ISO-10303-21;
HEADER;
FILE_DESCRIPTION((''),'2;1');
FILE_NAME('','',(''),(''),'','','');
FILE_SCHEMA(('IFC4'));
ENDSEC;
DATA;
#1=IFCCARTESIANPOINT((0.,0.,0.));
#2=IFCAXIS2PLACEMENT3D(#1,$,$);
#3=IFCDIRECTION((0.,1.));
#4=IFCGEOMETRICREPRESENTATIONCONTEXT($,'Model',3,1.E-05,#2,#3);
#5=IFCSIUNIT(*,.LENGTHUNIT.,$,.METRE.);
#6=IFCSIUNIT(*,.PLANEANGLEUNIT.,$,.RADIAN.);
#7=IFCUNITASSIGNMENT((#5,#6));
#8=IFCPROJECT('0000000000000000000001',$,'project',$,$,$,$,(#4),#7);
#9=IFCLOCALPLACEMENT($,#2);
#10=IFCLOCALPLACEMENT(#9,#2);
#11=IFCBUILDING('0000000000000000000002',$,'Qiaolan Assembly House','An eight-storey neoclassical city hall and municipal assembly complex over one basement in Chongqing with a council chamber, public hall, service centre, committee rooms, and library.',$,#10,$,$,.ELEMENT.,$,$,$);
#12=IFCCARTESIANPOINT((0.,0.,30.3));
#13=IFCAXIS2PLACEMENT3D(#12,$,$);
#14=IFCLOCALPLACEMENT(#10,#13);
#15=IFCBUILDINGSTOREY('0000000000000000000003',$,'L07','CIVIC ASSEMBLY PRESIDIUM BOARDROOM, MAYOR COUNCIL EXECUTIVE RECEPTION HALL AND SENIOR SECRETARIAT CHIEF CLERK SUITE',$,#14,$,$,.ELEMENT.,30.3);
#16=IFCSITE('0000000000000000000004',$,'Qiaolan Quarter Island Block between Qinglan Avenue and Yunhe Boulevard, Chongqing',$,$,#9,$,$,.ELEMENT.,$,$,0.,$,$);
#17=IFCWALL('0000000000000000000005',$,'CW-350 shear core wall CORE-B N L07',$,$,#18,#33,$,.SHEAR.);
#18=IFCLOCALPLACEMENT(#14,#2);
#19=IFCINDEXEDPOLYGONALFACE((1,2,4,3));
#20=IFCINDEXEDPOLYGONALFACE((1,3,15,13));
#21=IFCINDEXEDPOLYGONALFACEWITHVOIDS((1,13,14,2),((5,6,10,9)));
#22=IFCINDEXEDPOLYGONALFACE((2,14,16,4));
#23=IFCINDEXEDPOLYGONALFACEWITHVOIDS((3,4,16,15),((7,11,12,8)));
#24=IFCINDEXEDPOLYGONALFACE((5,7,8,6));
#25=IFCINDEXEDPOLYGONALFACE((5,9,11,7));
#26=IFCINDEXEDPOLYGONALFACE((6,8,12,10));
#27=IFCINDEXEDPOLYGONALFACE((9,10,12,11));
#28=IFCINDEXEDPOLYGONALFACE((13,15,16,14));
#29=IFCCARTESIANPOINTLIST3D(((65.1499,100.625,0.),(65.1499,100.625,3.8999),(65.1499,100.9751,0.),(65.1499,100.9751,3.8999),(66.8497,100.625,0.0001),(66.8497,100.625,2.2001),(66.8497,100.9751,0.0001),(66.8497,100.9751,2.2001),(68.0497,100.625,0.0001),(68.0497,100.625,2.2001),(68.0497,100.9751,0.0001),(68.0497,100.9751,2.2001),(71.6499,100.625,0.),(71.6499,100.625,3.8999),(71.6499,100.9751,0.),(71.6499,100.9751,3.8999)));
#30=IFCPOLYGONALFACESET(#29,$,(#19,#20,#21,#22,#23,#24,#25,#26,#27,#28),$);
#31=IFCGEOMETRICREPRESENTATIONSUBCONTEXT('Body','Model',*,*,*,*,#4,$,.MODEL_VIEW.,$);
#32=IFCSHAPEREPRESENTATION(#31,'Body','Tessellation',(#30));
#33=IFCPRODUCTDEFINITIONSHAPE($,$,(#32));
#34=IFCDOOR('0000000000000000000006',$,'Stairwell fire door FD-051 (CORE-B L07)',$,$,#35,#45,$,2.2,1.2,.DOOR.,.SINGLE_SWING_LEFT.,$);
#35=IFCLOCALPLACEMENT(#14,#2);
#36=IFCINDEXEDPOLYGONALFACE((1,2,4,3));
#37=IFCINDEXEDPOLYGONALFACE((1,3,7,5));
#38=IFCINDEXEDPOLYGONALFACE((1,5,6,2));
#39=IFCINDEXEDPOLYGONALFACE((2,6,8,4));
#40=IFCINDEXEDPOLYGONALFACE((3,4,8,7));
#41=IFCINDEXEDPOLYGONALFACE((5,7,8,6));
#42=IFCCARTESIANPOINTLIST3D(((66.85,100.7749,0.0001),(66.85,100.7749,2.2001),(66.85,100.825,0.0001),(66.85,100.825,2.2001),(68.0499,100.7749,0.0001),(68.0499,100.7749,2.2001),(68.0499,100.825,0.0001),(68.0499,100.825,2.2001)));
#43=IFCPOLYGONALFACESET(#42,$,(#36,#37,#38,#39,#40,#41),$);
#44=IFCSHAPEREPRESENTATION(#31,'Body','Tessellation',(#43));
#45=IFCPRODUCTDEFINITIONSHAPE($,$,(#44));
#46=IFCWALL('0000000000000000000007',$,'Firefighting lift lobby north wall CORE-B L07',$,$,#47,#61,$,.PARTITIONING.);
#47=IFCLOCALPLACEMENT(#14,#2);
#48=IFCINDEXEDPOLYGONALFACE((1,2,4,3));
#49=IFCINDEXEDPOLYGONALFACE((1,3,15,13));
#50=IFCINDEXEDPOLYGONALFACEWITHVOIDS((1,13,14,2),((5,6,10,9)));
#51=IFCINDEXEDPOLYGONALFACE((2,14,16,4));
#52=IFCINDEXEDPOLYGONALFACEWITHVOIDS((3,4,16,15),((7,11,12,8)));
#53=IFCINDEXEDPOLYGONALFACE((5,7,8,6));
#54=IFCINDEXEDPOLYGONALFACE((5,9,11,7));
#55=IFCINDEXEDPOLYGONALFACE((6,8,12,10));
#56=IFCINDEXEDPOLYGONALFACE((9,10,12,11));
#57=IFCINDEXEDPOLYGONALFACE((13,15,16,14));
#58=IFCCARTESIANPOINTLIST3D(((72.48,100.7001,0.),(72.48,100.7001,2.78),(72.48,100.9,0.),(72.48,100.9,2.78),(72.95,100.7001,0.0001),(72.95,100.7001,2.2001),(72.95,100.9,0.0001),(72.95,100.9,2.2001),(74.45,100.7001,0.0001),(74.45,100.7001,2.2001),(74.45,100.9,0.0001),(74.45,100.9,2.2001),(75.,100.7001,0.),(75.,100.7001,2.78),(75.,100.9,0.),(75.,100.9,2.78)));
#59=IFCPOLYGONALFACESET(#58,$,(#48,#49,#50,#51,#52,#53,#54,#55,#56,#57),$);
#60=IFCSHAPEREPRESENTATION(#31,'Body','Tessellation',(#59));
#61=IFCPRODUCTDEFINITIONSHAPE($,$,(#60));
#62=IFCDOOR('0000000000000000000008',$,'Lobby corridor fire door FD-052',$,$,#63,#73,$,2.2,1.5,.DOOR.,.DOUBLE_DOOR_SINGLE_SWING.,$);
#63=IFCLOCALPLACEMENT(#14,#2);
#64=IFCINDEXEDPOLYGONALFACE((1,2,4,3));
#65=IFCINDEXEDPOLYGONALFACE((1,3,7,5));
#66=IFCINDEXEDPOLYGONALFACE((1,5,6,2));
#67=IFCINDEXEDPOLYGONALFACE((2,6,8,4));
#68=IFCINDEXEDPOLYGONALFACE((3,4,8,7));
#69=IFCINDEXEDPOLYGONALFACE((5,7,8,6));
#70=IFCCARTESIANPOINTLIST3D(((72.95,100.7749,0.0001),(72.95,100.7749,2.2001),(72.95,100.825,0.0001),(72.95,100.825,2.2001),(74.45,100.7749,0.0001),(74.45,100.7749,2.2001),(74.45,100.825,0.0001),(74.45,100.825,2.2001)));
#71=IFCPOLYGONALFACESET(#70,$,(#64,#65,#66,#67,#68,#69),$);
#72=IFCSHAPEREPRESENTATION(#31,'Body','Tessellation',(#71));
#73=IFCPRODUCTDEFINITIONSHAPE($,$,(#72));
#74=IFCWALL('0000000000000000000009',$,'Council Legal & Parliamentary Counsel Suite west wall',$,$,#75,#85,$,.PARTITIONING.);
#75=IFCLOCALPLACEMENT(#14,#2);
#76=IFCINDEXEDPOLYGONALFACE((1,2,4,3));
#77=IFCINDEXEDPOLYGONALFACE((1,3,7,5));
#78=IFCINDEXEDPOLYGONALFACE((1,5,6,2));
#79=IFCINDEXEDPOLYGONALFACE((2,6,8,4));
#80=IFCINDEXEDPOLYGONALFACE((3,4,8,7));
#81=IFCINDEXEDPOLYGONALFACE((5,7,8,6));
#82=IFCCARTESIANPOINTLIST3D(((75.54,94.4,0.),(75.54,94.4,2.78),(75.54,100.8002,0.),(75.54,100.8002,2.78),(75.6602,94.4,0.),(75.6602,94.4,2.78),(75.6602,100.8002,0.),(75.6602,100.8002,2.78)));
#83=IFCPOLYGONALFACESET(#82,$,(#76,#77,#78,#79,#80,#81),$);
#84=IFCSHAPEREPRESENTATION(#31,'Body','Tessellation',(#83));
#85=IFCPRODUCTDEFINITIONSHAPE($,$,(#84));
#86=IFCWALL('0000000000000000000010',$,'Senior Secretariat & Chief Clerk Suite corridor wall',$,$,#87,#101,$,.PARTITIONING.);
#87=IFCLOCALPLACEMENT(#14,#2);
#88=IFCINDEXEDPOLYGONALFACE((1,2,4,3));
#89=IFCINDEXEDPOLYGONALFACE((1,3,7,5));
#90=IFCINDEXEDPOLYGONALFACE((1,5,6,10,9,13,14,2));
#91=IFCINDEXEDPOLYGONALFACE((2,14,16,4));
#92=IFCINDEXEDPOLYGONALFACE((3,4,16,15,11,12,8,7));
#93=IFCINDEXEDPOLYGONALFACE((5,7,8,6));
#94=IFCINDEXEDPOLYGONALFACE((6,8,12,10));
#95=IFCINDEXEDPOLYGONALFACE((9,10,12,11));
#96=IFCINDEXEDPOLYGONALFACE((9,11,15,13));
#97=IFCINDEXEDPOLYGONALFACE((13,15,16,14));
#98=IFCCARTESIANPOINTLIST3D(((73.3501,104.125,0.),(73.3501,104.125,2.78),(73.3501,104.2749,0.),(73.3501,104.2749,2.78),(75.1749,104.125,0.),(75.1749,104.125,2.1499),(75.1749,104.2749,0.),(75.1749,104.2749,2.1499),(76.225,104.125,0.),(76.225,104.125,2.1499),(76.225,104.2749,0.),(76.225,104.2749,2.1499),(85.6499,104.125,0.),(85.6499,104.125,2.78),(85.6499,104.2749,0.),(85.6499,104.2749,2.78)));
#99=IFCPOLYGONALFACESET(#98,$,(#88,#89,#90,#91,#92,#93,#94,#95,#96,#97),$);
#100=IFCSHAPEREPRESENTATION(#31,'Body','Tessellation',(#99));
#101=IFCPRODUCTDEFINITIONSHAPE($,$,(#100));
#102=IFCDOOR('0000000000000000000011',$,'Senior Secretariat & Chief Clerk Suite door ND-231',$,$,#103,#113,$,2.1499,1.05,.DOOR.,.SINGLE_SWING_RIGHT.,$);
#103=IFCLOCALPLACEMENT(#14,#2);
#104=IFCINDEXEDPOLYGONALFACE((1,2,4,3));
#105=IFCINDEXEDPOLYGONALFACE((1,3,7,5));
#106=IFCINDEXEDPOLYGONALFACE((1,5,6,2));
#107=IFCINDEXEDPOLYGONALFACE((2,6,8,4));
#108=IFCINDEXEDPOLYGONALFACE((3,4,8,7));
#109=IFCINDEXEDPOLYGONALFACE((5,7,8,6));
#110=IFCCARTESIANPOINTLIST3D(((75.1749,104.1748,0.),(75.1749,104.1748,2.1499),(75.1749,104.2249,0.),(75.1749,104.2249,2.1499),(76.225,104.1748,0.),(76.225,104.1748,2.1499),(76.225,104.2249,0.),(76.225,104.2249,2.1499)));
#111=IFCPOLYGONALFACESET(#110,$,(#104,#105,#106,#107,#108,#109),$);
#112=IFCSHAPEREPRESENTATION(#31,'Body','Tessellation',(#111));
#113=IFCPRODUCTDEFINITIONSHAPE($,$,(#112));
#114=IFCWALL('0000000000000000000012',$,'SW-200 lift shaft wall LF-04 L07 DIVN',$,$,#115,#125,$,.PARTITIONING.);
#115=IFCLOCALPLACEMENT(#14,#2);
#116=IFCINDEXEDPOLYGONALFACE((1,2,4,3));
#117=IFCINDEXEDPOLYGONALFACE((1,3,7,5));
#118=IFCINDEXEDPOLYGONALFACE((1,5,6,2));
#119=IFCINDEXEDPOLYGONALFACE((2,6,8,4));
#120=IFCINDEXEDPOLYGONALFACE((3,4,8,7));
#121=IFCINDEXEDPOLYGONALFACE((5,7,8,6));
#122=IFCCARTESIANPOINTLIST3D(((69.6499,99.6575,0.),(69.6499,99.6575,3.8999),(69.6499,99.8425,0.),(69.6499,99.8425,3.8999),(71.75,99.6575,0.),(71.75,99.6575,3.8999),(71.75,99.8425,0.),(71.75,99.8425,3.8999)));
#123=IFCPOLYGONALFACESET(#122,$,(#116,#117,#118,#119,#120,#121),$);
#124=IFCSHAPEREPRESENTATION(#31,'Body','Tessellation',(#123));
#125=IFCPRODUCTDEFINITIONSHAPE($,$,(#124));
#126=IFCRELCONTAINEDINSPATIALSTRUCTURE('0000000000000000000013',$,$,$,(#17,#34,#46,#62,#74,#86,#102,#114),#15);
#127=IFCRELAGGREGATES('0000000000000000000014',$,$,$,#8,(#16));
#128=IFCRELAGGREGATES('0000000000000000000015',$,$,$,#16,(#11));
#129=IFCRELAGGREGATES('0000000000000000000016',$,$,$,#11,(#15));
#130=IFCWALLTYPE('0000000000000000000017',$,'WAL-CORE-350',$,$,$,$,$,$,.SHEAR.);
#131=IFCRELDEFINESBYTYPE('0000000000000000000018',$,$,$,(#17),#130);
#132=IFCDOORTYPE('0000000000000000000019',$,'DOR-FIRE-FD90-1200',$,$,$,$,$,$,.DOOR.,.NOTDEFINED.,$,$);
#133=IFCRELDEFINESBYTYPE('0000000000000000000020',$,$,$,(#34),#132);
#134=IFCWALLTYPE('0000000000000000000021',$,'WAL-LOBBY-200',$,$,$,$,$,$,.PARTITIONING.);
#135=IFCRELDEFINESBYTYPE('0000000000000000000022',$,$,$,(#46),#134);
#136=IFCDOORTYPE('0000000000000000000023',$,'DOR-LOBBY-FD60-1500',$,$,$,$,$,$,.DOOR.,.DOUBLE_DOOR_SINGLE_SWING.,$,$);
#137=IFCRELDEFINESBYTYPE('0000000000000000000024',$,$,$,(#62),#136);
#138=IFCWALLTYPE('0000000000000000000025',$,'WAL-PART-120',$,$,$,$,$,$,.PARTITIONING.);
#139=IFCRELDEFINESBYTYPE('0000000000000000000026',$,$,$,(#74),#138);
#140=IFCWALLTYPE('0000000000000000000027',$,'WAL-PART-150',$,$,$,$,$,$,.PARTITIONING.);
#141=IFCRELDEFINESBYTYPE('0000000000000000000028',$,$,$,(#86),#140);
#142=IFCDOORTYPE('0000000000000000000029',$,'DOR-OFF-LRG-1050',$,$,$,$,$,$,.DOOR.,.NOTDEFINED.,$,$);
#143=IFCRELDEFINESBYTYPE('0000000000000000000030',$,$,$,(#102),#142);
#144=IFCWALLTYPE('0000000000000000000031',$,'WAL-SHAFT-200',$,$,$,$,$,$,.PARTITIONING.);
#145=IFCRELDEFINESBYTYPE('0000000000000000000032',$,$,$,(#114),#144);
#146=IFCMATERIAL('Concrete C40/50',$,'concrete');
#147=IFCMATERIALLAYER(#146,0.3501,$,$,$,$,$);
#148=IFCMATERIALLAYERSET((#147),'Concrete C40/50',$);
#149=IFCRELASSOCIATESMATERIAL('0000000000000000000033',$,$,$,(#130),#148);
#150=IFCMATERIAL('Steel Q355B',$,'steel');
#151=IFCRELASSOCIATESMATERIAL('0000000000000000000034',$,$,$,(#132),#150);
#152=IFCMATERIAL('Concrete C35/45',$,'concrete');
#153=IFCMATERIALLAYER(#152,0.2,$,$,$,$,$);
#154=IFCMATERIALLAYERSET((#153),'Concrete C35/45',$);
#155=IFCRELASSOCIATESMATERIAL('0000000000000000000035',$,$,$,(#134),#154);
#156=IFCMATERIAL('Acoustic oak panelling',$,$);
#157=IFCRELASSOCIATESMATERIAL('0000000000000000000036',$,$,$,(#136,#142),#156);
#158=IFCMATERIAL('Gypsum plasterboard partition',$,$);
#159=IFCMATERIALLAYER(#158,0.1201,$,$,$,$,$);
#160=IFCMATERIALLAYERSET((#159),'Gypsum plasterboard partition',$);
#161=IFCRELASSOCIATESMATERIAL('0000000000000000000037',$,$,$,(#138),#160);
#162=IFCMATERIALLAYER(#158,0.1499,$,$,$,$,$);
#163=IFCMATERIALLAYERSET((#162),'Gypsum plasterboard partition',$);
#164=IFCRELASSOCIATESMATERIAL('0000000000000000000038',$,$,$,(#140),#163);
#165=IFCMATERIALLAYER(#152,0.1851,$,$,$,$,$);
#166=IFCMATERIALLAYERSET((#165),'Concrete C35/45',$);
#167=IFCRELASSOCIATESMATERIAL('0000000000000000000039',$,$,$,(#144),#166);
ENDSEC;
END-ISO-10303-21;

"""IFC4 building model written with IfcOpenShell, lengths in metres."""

from ifc_helpers import new_model, si_unit, direction, frame, frame_2d, origin, place, context, subcontext, project, spatial, rectangle, extrude, material, layer, layer_set, type_object, element, fill, save


model = new_model("IFC4")

# Units and contexts
model_context = context("Model", 3, precision=1e-05, world=origin(), true_north=direction((0.0, 1.0)))
body_context = subcontext(model_context, "Body", "Model", "MODEL_VIEW")
ifc_project = project(units=[si_unit("LENGTHUNIT", "METRE"), si_unit("PLANEANGLEUNIT", "RADIAN")], contexts=[model_context])

# Site, building, storey
site_placement = place(None, origin())
site = spatial("IfcSite", under=ifc_project, at=site_placement, Name="Qiaolan Quarter Island Block between Qinglan Avenue and Yunhe Boulevard, Chongqing", CompositionType="ELEMENT", RefElevation=0.0)
building_placement = place(site_placement, origin())
building = spatial("IfcBuilding", under=site, at=building_placement, Name="Qiaolan Assembly House", Description="An eight-storey neoclassical city hall and municipal assembly complex over one basement in Chongqing with a council chamber, public hall, service centre, committee rooms, and library.", CompositionType="ELEMENT")
storey_placement = place(building_placement, frame((0.0, 0.0, 30.3)))
storey = spatial("IfcBuildingStorey", under=building, at=storey_placement, Name="L07", Description="CIVIC ASSEMBLY PRESIDIUM BOARDROOM, MAYOR COUNCIL EXECUTIVE RECEPTION HALL AND SENIOR SECRETARIAT CHIEF CLERK SUITE", CompositionType="ELEMENT", Elevation=30.3)

# Shared definitions
ifc_material_1 = material(Name="Concrete C40/50", Category="concrete")

# Shared definitions
ifc_layer_1 = layer(ifc_material_1, 0.3501)
ifc_layer_set_1 = layer_set([ifc_layer_1], Name="Concrete C40/50")
wall_type_1 = type_object("IfcWallType", Name="WAL-CORE-350", PredefinedType="SHEAR", material=ifc_layer_set_1)

# Walls, openings, doors
wall_1_placement = place(storey_placement, frame((71.6499, 100.8, 0.0), z_axis=(0.0, 0.0, 1.0), x_axis=(-1.0, 0.0, 0.0)))
wall_1 = element("IfcWall", 1, at=wall_1_placement, inside=storey, type_object=wall_type_1, Name="CW-350 shear core wall CORE-B N L07", PredefinedType="SHEAR", context=body_context, shape_type="SweptSolid", body=[
    extrude(rectangle(XDim=6.5, YDim=0.3501, at=frame_2d((3.25, 0.0))), origin(), (0.0, 0.0, 1.0), 3.8999),
])
opening_1_placement = place(wall_1_placement, frame((3.6001, 0.0, 0.0)))
opening_1 = element("IfcOpeningElement", 2, at=opening_1_placement, cuts=wall_1, PredefinedType="OPENING", context=body_context, shape_type="SweptSolid", body=[
    extrude(rectangle(XDim=1.2, YDim=2.2, at=frame_2d((0.6001, 1.1001))), frame((0.0, 0.1851, 0.0), z_axis=(0.0, -1.0, 0.0), x_axis=(1.0, 0.0, 0.0)), (0.0, 0.0, 1.0), 0.3701),
])
ifc_material_2 = material(Name="Steel Q355B", Category="steel")
door_type_1 = type_object("IfcDoorType", Name="DOR-FIRE-FD90-1200", OperationType="NOTDEFINED", PredefinedType="DOOR", material=ifc_material_2)
door_1_placement = place(opening_1_placement, frame((1.2, 0.0, 0.0), z_axis=(0.0, 0.0, 1.0), x_axis=(-1.0, 0.0, 0.0)))
door_1 = element("IfcDoor", 3, at=door_1_placement, inside=storey, type_object=door_type_1, Name="Stairwell fire door FD-051 (CORE-B L07)", OperationType="SINGLE_SWING_LEFT", OverallHeight=2.2, OverallWidth=1.2, PredefinedType="DOOR", context=body_context, shape_type="SweptSolid", body=[
    extrude(rectangle(XDim=1.2, YDim=2.2, at=frame_2d((0.6001, 1.1001))), frame((0.0, 0.0249, 0.0), z_axis=(0.0, -1.0, 0.0), x_axis=(1.0, 0.0, 0.0)), (0.0, 0.0, 1.0), 0.05),
])
fill(opening_1, door_1)
ifc_material_3 = material(Name="Concrete C35/45", Category="concrete")
ifc_layer_2 = layer(ifc_material_3, 0.2)
ifc_layer_set_2 = layer_set([ifc_layer_2], Name="Concrete C35/45")
wall_type_2 = type_object("IfcWallType", Name="WAL-LOBBY-200", PredefinedType="PARTITIONING", material=ifc_layer_set_2)
wall_2_placement = place(storey_placement, frame((75.0, 100.8, 0.0), z_axis=(0.0, 0.0, 1.0), x_axis=(-1.0, 0.0, 0.0)))
wall_2 = element("IfcWall", 4, at=wall_2_placement, inside=storey, type_object=wall_type_2, Name="Firefighting lift lobby north wall CORE-B L07", PredefinedType="PARTITIONING", context=body_context, shape_type="SweptSolid", body=[
    extrude(rectangle(XDim=2.52, YDim=0.2, at=frame_2d((1.26, 0.0))), origin(), (0.0, 0.0, 1.0), 2.78),
])
opening_2_placement = place(wall_2_placement, frame((0.55, 0.0, 0.0)))
opening_2 = element("IfcOpeningElement", 5, at=opening_2_placement, cuts=wall_2, PredefinedType="OPENING", context=body_context, shape_type="SweptSolid", body=[
    extrude(rectangle(XDim=1.5, YDim=2.2, at=frame_2d((0.75, 1.1001))), frame((0.0, 0.1099, 0.0), z_axis=(0.0, -1.0, 0.0), x_axis=(1.0, 0.0, 0.0)), (0.0, 0.0, 1.0), 0.22),
])
ifc_material_4 = material(Name="Acoustic oak panelling")
door_type_2 = type_object("IfcDoorType", Name="DOR-LOBBY-FD60-1500", OperationType="DOUBLE_DOOR_SINGLE_SWING", PredefinedType="DOOR", material=ifc_material_4)
door_2_placement = place(opening_2_placement, frame((1.5, 0.0, 0.0), z_axis=(0.0, 0.0, 1.0), x_axis=(-1.0, 0.0, 0.0)))
door_2 = element("IfcDoor", 6, at=door_2_placement, inside=storey, type_object=door_type_2, Name="Lobby corridor fire door FD-052", OperationType="DOUBLE_DOOR_SINGLE_SWING", OverallHeight=2.2, OverallWidth=1.5, PredefinedType="DOOR", context=body_context, shape_type="SweptSolid", body=[
    extrude(rectangle(XDim=1.5, YDim=2.2, at=frame_2d((0.75, 1.1001))), frame((0.0, 0.0249, 0.0), z_axis=(0.0, -1.0, 0.0), x_axis=(1.0, 0.0, 0.0)), (0.0, 0.0, 1.0), 0.05),
])
fill(opening_2, door_2)

# Wall
ifc_material_5 = material(Name="Gypsum plasterboard partition")
ifc_layer_3 = layer(ifc_material_5, 0.1201)
ifc_layer_set_3 = layer_set([ifc_layer_3], Name="Gypsum plasterboard partition")
wall_type_3 = type_object("IfcWallType", Name="WAL-PART-120", PredefinedType="PARTITIONING", material=ifc_layer_set_3)
wall_3_placement = place(storey_placement, frame((75.6001, 94.3999, 0.0), z_axis=(0.0, 0.0, 1.0), x_axis=(0.0, 1.0, 0.0)))
element("IfcWall", 7, at=wall_3_placement, inside=storey, type_object=wall_type_3, Name="Council Legal & Parliamentary Counsel Suite west wall", PredefinedType="PARTITIONING", context=body_context, shape_type="SweptSolid", body=[
    extrude(rectangle(XDim=6.4001, YDim=0.1201, at=frame_2d((3.2002, 0.0))), origin(), (0.0, 0.0, 1.0), 2.78),
])

# Wall, opening, door
ifc_layer_4 = layer(ifc_material_5, 0.1499)
ifc_layer_set_4 = layer_set([ifc_layer_4], Name="Gypsum plasterboard partition")
wall_type_4 = type_object("IfcWallType", Name="WAL-PART-150", PredefinedType="PARTITIONING", material=ifc_layer_set_4)
wall_4_placement = place(storey_placement, frame((73.3501, 104.2, 0.0), z_axis=(0.0, 0.0, 1.0), x_axis=(1.0, 0.0, 0.0)))
wall_4 = element("IfcWall", 8, at=wall_4_placement, inside=storey, type_object=wall_type_4, Name="Senior Secretariat & Chief Clerk Suite corridor wall", PredefinedType="PARTITIONING", context=body_context, shape_type="SweptSolid", body=[
    extrude(rectangle(XDim=12.2998, YDim=0.1499, at=frame_2d((6.1499, 0.0))), origin(), (0.0, 0.0, 1.0), 2.78),
])
opening_3_placement = place(wall_4_placement, frame((1.825, 0.0, 0.0)))
opening_3 = element("IfcOpeningElement", 9, at=opening_3_placement, cuts=wall_4, PredefinedType="OPENING", context=body_context, shape_type="SweptSolid", body=[
    extrude(rectangle(XDim=1.05, YDim=2.1499, at=frame_2d((0.5249, 1.075))), frame((0.0, 0.085, 0.0), z_axis=(0.0, -1.0, 0.0), x_axis=(1.0, 0.0, 0.0)), (0.0, 0.0, 1.0), 0.1699),
])
door_type_3 = type_object("IfcDoorType", Name="DOR-OFF-LRG-1050", OperationType="NOTDEFINED", PredefinedType="DOOR", material=ifc_material_4)
door_3_placement = place(opening_3_placement, origin())
door_3 = element("IfcDoor", 10, at=door_3_placement, inside=storey, type_object=door_type_3, Name="Senior Secretariat & Chief Clerk Suite door ND-231", OperationType="SINGLE_SWING_RIGHT", OverallHeight=2.1499, OverallWidth=1.05, PredefinedType="DOOR", context=body_context, shape_type="SweptSolid", body=[
    extrude(rectangle(XDim=1.05, YDim=2.1499, at=frame_2d((0.5249, 1.075))), frame((0.0, 0.0249, 0.0), z_axis=(0.0, -1.0, 0.0), x_axis=(1.0, 0.0, 0.0)), (0.0, 0.0, 1.0), 0.05),
])
fill(opening_3, door_3)

# Wall
ifc_layer_5 = layer(ifc_material_3, 0.1851)
ifc_layer_set_5 = layer_set([ifc_layer_5], Name="Concrete C35/45")
wall_type_5 = type_object("IfcWallType", Name="WAL-SHAFT-200", PredefinedType="PARTITIONING", material=ifc_layer_set_5)
wall_5_placement = place(storey_placement, frame((69.6499, 99.75, 0.0), z_axis=(0.0, 0.0, 1.0), x_axis=(1.0, 0.0, 0.0)))
element("IfcWall", 11, at=wall_5_placement, inside=storey, type_object=wall_type_5, Name="SW-200 lift shaft wall LF-04 L07 DIVN", PredefinedType="PARTITIONING", context=body_context, shape_type="SweptSolid", body=[
    extrude(rectangle(XDim=2.1001, YDim=0.1851, at=frame_2d((1.05, 0.0))), origin(), (0.0, 0.0, 1.0), 3.8999),
])

save(model, "model.ifc")
